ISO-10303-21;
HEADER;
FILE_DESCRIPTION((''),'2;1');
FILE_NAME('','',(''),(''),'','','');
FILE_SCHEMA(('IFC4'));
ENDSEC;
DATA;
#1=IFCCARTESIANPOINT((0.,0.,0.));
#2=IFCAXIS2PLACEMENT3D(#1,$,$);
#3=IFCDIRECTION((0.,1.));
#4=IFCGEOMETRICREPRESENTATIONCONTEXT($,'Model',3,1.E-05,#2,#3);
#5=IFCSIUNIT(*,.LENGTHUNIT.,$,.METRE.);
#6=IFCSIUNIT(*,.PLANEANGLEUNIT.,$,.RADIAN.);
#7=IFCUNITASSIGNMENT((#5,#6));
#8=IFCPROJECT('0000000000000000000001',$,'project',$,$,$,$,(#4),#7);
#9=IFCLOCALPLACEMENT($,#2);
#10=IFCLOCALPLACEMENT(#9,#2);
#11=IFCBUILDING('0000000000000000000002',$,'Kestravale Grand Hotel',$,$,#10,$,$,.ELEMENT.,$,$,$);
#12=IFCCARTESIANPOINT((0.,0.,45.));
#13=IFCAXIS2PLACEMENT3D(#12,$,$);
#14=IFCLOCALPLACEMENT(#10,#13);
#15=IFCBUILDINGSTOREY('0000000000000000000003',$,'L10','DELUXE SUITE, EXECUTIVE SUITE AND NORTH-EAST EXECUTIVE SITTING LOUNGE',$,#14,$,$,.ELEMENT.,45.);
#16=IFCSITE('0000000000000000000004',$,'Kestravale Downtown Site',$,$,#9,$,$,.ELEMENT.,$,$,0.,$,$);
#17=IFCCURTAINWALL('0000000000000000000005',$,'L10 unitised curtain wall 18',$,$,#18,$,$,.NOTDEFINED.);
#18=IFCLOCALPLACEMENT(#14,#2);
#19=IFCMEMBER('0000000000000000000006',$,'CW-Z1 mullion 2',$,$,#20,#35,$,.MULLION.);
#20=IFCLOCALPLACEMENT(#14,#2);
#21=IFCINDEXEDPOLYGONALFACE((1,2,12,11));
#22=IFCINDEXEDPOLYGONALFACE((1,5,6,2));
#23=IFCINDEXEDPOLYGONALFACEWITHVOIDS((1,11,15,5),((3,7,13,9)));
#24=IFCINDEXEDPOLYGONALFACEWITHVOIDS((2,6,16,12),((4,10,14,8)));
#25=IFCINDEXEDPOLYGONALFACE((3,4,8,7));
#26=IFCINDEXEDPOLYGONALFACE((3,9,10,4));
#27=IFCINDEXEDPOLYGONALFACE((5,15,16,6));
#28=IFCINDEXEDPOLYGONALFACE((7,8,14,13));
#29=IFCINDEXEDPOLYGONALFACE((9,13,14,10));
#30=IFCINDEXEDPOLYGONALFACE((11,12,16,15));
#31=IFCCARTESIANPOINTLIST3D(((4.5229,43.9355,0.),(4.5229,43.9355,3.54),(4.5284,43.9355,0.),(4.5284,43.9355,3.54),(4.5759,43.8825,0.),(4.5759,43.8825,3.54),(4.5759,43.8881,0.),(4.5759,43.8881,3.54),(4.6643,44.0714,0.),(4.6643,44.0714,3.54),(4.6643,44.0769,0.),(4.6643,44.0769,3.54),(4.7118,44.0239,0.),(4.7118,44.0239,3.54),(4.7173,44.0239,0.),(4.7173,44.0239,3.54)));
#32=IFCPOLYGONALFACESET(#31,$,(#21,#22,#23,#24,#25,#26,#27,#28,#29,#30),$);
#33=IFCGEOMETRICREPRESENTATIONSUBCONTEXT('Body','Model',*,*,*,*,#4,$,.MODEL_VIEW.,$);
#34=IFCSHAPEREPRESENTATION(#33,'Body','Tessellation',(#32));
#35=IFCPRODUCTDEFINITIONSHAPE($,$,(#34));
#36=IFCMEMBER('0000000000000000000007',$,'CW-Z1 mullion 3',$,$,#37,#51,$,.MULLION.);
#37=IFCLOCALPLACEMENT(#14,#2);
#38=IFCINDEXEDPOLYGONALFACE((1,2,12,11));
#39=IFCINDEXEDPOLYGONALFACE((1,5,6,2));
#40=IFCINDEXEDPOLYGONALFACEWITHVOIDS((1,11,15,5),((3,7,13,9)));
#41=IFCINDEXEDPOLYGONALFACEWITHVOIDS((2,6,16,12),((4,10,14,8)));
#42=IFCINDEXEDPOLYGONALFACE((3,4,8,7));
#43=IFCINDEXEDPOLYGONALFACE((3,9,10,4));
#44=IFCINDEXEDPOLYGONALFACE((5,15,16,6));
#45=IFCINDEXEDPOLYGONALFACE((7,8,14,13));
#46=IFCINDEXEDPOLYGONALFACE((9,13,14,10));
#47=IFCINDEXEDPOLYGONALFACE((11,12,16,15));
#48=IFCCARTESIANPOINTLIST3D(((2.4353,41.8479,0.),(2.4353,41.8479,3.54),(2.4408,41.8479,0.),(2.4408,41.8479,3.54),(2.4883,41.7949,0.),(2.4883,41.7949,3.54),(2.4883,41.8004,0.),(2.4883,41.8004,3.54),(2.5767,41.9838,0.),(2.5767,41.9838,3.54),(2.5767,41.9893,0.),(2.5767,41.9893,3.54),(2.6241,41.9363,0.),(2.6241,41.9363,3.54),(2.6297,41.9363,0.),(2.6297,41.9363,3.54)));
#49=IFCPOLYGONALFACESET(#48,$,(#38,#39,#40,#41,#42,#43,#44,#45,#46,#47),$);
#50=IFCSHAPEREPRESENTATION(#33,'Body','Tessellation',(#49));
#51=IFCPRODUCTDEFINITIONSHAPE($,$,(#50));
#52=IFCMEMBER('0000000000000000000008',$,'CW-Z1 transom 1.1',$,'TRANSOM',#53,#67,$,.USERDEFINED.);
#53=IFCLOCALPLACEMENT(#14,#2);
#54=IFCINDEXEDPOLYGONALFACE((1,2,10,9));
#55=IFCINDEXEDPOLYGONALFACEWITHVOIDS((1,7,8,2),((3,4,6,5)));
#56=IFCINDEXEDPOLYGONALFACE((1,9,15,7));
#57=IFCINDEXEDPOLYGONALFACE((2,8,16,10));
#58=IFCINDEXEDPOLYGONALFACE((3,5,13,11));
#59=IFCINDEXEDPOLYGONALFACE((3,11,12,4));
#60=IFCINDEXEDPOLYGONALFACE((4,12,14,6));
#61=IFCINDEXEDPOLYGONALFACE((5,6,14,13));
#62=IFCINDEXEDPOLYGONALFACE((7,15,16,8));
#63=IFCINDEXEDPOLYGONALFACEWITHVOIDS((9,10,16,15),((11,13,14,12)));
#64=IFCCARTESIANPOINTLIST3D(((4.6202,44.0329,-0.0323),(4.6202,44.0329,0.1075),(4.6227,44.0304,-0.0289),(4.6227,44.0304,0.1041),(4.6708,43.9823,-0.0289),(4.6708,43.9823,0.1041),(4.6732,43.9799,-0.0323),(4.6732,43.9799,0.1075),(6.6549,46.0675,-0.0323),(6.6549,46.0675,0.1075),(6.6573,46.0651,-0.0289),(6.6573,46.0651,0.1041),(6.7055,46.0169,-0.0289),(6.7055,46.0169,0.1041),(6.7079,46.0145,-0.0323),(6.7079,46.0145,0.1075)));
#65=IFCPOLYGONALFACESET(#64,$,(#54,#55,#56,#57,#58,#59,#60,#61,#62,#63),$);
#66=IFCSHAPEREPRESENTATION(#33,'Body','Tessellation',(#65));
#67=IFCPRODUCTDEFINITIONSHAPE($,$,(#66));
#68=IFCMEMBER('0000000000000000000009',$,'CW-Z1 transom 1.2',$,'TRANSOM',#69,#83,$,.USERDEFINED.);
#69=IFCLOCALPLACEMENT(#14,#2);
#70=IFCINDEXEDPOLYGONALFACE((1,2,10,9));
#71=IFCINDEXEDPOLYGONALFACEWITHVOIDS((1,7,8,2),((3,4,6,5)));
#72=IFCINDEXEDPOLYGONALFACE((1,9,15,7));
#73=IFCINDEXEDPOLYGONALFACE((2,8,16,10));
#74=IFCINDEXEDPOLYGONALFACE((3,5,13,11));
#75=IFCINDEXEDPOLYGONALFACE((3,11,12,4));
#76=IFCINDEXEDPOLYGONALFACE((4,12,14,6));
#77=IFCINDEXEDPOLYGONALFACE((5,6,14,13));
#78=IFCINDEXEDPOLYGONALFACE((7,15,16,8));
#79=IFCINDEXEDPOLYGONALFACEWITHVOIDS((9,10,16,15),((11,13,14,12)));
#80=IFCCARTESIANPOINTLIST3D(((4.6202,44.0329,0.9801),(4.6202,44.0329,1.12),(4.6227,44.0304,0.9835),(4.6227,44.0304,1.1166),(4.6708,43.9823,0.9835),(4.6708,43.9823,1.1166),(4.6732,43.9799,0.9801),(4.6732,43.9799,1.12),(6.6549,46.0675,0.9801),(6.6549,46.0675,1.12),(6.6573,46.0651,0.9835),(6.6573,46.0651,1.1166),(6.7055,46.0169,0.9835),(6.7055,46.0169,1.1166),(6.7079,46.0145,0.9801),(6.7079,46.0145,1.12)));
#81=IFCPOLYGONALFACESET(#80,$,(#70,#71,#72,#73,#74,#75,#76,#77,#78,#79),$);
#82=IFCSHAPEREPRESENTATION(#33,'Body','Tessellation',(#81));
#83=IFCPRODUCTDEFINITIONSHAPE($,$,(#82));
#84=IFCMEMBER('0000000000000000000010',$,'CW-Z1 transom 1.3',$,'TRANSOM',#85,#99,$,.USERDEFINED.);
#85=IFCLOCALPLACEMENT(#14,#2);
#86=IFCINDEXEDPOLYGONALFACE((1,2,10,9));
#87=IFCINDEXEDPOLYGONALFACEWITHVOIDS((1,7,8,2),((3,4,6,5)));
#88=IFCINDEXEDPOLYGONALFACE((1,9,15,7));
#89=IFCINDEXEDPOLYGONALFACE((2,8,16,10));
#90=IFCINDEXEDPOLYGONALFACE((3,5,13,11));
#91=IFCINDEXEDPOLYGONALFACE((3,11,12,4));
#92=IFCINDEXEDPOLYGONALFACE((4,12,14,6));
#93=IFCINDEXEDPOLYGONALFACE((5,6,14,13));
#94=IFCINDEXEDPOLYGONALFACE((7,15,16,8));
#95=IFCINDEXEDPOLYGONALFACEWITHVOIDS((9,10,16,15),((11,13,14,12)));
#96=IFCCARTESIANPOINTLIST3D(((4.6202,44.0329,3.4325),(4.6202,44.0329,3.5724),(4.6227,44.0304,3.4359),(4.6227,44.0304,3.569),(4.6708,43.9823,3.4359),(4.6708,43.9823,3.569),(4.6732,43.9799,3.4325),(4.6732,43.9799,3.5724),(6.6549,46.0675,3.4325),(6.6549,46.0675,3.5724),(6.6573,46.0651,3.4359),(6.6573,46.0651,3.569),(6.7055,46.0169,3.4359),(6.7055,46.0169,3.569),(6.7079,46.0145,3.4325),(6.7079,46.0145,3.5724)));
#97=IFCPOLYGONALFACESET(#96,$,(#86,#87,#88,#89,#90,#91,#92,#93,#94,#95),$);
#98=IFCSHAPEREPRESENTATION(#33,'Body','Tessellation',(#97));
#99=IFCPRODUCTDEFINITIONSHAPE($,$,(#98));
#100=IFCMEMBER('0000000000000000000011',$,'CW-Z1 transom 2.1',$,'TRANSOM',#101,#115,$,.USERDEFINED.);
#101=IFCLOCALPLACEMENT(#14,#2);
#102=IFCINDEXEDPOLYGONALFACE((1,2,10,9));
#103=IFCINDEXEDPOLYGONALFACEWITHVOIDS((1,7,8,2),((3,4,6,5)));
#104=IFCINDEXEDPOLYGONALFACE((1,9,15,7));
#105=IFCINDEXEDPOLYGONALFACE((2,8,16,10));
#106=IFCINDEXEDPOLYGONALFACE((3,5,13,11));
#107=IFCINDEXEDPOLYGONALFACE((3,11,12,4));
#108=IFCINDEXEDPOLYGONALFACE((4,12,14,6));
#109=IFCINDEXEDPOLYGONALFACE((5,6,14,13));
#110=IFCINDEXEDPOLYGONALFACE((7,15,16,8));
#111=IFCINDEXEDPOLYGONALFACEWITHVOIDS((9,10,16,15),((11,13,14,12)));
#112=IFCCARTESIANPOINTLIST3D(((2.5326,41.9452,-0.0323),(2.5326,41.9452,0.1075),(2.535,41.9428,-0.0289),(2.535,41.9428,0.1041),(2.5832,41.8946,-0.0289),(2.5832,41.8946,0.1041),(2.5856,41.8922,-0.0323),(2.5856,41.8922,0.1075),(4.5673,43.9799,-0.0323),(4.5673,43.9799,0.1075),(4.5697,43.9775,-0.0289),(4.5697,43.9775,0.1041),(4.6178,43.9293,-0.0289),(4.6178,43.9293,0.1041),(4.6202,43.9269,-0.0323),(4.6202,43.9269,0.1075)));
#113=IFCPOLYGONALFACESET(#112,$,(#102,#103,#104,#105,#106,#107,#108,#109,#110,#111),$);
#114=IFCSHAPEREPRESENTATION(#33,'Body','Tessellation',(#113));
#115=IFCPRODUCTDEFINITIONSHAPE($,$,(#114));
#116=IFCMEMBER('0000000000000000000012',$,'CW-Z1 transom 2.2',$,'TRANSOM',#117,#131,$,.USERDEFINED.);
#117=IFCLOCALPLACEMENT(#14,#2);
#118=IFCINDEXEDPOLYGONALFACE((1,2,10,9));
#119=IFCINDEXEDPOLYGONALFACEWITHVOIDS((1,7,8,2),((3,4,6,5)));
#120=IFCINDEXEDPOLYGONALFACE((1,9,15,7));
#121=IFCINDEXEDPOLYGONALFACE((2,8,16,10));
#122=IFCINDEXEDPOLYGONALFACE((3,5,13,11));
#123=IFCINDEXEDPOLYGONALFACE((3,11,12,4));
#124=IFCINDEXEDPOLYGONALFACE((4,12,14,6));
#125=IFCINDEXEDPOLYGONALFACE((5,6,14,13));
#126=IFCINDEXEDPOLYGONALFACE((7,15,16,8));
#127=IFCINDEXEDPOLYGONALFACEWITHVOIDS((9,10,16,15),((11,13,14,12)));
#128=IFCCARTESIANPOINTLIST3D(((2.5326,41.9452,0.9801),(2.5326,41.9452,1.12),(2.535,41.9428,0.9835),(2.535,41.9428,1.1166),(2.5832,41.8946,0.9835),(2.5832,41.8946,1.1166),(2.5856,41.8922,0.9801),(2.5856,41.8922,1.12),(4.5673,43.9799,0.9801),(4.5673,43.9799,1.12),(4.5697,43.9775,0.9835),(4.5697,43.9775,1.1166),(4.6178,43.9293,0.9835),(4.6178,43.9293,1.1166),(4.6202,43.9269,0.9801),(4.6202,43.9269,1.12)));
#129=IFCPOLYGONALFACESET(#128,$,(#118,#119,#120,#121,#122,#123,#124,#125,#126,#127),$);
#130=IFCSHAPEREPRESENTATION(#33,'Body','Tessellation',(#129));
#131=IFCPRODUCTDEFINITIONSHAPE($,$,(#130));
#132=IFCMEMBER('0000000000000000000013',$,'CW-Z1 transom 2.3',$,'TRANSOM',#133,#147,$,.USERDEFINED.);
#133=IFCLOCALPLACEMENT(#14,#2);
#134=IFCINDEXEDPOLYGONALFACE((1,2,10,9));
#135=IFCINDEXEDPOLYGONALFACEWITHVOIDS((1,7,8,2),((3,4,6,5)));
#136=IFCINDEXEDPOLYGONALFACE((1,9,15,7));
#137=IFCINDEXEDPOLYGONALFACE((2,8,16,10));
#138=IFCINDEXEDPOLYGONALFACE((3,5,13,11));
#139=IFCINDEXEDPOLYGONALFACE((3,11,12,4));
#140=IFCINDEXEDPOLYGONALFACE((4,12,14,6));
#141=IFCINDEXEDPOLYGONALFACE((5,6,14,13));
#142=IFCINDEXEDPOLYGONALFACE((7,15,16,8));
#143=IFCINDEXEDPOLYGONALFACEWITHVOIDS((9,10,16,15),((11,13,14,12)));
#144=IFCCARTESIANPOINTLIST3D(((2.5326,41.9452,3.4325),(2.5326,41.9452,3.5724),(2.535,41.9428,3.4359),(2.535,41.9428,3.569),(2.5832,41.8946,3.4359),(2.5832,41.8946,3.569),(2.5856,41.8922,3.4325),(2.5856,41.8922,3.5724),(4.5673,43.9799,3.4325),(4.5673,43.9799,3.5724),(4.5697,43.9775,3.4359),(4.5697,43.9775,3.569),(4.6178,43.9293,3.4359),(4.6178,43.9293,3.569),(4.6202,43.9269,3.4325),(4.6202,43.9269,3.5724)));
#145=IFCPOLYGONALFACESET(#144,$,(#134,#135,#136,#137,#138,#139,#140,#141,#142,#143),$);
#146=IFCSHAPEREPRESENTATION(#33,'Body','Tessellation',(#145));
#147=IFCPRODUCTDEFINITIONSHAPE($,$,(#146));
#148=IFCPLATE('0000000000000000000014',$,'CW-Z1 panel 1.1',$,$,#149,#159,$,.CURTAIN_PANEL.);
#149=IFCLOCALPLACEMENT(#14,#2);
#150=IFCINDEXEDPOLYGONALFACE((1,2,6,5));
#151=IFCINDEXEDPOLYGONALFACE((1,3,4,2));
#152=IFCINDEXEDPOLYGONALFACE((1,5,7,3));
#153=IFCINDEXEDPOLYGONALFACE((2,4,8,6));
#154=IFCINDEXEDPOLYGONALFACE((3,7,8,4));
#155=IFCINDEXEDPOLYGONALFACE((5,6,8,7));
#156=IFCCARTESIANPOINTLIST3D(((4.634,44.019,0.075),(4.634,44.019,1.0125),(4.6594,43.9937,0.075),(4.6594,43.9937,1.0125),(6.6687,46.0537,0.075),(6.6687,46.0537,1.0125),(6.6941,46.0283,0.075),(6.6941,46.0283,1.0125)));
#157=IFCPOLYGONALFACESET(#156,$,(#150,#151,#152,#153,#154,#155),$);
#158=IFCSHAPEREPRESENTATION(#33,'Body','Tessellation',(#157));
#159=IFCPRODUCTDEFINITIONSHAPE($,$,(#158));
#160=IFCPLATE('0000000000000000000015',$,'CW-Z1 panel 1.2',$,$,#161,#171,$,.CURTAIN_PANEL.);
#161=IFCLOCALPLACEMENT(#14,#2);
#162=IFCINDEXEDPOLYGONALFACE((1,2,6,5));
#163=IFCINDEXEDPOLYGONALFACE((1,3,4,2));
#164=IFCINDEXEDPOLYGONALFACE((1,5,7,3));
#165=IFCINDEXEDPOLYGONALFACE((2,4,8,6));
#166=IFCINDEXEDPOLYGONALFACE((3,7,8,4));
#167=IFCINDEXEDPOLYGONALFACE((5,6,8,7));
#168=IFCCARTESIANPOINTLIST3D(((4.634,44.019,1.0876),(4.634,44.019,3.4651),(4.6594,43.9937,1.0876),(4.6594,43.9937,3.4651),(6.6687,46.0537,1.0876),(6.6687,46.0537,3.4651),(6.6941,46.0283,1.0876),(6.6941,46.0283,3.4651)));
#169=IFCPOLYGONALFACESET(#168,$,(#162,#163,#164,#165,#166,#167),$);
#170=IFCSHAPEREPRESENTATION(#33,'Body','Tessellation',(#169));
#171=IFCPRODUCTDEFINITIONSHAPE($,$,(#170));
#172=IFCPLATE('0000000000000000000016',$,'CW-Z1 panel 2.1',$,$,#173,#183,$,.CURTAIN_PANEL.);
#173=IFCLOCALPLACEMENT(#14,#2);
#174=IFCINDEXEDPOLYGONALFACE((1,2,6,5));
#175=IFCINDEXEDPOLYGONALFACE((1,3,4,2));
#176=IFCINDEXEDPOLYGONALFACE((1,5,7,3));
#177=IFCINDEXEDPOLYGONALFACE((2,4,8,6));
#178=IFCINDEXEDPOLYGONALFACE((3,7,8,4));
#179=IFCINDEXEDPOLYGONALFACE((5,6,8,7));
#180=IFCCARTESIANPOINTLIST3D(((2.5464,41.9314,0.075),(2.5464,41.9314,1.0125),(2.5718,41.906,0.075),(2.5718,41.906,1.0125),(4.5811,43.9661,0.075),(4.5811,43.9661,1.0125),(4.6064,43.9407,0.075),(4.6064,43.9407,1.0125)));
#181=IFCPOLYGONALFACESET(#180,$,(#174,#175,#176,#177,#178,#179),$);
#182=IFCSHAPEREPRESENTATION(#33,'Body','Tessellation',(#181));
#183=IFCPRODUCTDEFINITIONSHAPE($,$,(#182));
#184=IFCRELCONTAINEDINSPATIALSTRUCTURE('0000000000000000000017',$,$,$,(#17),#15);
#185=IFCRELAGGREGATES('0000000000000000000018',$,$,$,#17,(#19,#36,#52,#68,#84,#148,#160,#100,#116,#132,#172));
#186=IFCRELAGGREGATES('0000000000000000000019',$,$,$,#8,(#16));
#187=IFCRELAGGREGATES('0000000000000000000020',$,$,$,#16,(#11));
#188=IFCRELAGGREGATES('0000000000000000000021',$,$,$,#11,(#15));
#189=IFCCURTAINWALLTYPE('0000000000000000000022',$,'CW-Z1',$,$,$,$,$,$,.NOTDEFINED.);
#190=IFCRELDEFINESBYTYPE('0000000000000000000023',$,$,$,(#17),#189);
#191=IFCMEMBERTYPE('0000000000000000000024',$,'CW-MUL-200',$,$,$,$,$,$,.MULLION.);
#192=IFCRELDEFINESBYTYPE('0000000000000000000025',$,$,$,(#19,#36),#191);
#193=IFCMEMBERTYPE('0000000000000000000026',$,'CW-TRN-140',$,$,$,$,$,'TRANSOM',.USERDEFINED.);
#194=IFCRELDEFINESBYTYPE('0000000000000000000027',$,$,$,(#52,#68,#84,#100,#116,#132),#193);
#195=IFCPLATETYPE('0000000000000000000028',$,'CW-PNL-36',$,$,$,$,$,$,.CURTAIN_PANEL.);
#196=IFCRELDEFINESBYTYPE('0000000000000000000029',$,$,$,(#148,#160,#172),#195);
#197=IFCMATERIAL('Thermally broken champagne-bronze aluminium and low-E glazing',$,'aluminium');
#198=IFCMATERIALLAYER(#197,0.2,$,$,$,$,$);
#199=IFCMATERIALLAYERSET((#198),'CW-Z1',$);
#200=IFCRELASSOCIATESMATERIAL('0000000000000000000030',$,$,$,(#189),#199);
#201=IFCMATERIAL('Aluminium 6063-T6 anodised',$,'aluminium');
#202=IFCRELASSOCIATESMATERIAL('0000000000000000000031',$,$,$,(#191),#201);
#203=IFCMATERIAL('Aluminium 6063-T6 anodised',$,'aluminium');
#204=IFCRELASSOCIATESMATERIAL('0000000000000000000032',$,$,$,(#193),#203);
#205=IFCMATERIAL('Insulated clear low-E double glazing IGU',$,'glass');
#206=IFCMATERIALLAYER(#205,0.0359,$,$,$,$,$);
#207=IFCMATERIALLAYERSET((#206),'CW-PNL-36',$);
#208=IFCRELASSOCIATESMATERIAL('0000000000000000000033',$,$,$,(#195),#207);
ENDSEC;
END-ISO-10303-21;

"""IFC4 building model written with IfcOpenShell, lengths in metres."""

from ifc_helpers import new_model, si_unit, direction, frame, origin, origin_2d, place, context, subcontext, project, spatial, rectangle, hollow_rectangle, extrude, material, layer, layer_set, material_profile, profile_set, type_object, element, aggregate, save


model = new_model("IFC4")

# Units and contexts
model_context = context("Model", 3, precision=1e-05, world=origin(), true_north=direction((0.0, 1.0)))
body_context = subcontext(model_context, "Body", "Model", "MODEL_VIEW")
ifc_project = project(units=[si_unit("LENGTHUNIT", "METRE"), si_unit("PLANEANGLEUNIT", "RADIAN")], contexts=[model_context])

# Site, building, storey
site_placement = place(None, origin())
site = spatial("IfcSite", under=ifc_project, at=site_placement, Name="Kestravale Downtown Site", CompositionType="ELEMENT", RefElevation=0.0)
building_placement = place(site_placement, origin())
building = spatial("IfcBuilding", under=site, at=building_placement, Name="Kestravale Grand Hotel", CompositionType="ELEMENT")
storey_placement = place(building_placement, frame((0.0, 0.0, 45.0)))
storey = spatial("IfcBuildingStorey", under=building, at=storey_placement, Name="L10", Description="DELUXE SUITE, EXECUTIVE SUITE AND NORTH-EAST EXECUTIVE SITTING LOUNGE", CompositionType="ELEMENT", Elevation=45.0)

# Curtain wall, members, plates
ifc_material_1 = material(Name="Thermally broken champagne-bronze aluminium and low-E glazing", Category="aluminium")
ifc_layer_1 = layer(ifc_material_1, 0.2)
ifc_layer_set_1 = layer_set([ifc_layer_1], Name="CW-Z1")
curtain_wall_type = type_object("IfcCurtainWallType", Name="CW-Z1", PredefinedType="NOTDEFINED", material=ifc_layer_set_1)
curtain_wall_placement = place(storey_placement, origin())
curtain_wall = element("IfcCurtainWall", 1, at=curtain_wall_placement, inside=storey, type_object=curtain_wall_type, Name="L10 unitised curtain wall 18", PredefinedType="NOTDEFINED")
ifc_material_2 = material(Name="Aluminium 6063-T6 anodised", Category="aluminium")
ifc_material_profile_1 = material_profile(ifc_material_2, hollow_rectangle(XDim=0.075, YDim=0.2, WallThickness=0.0039, at=origin_2d()))
ifc_profile_set_1 = profile_set([ifc_material_profile_1], Name="Aluminium 6063-T6 anodised")
member_type_1 = type_object("IfcMemberType", Name="CW-MUL-200", PredefinedType="MULLION", material=ifc_profile_set_1)
member_1_placement = place(storey_placement, frame((4.6201, 43.9797, 0.0), z_axis=(0.0, 0.0, 1.0), x_axis=(0.707107, -0.707107, 0.0)))
member_1 = element("IfcMember", 2, at=member_1_placement, type_object=member_type_1, Name="CW-Z1 mullion 2", PredefinedType="MULLION", context=body_context, shape_type="SweptSolid", body=[
    extrude(hollow_rectangle(XDim=0.075, YDim=0.2, WallThickness=0.0039, at=origin_2d()), origin(), (0.0, 0.0, 1.0), 3.54),
])
member_2_placement = place(storey_placement, frame((2.5325, 41.8921, 0.0), z_axis=(0.0, 0.0, 1.0), x_axis=(0.707107, -0.707107, 0.0)))
member_2 = element("IfcMember", 3, at=member_2_placement, type_object=member_type_1, Name="CW-Z1 mullion 3", PredefinedType="MULLION", context=body_context, shape_type="SweptSolid", body=[
    extrude(hollow_rectangle(XDim=0.075, YDim=0.2, WallThickness=0.0039, at=origin_2d()), origin(), (0.0, 0.0, 1.0), 3.54),
])
ifc_material_3 = material(Name="Aluminium 6063-T6 anodised", Category="aluminium")
ifc_material_profile_2 = material_profile(ifc_material_3, hollow_rectangle(XDim=0.075, YDim=0.1399, WallThickness=0.0034, at=origin_2d()))
ifc_profile_set_2 = profile_set([ifc_material_profile_2], Name="Aluminium 6063-T6 anodised")
member_type_2 = type_object("IfcMemberType", Name="CW-TRN-140", ElementType="TRANSOM", PredefinedType="USERDEFINED", material=ifc_profile_set_2)
member_3_placement = place(storey_placement, frame((6.6814, 46.041, 0.0376), z_axis=(-0.707107, -0.707107, 0.0), x_axis=(0.707107, -0.707107, 0.0)))
member_3 = element("IfcMember", 4, at=member_3_placement, type_object=member_type_2, Name="CW-Z1 transom 1.1", ObjectType="TRANSOM", PredefinedType="USERDEFINED", context=body_context, shape_type="SweptSolid", body=[
    extrude(hollow_rectangle(XDim=0.075, YDim=0.1399, WallThickness=0.0034, at=origin_2d()), origin(), (0.0, 0.0, 1.0), 2.8774),
])
member_4_placement = place(storey_placement, frame((6.6814, 46.041, 1.05), z_axis=(-0.707107, -0.707107, 0.0), x_axis=(0.707107, -0.707107, 0.0)))
member_4 = element("IfcMember", 5, at=member_4_placement, type_object=member_type_2, Name="CW-Z1 transom 1.2", ObjectType="TRANSOM", PredefinedType="USERDEFINED", context=body_context, shape_type="SweptSolid", body=[
    extrude(hollow_rectangle(XDim=0.075, YDim=0.1399, WallThickness=0.0034, at=origin_2d()), origin(), (0.0, 0.0, 1.0), 2.8774),
])
member_5_placement = place(storey_placement, frame((6.6814, 46.041, 3.5024), z_axis=(-0.707107, -0.707107, 0.0), x_axis=(0.707107, -0.707107, 0.0)))
member_5 = element("IfcMember", 6, at=member_5_placement, type_object=member_type_2, Name="CW-Z1 transom 1.3", ObjectType="TRANSOM", PredefinedType="USERDEFINED", context=body_context, shape_type="SweptSolid", body=[
    extrude(hollow_rectangle(XDim=0.075, YDim=0.1399, WallThickness=0.0034, at=origin_2d()), origin(), (0.0, 0.0, 1.0), 2.8774),
])
member_6_placement = place(storey_placement, frame((4.5938, 43.9534, 0.0376), z_axis=(-0.707107, -0.707107, 0.0), x_axis=(0.707107, -0.707107, 0.0)))
member_6 = element("IfcMember", 7, at=member_6_placement, type_object=member_type_2, Name="CW-Z1 transom 2.1", ObjectType="TRANSOM", PredefinedType="USERDEFINED", context=body_context, shape_type="SweptSolid", body=[
    extrude(hollow_rectangle(XDim=0.075, YDim=0.1399, WallThickness=0.0034, at=origin_2d()), origin(), (0.0, 0.0, 1.0), 2.8774),
])
member_7_placement = place(storey_placement, frame((4.5938, 43.9534, 1.05), z_axis=(-0.707107, -0.707107, 0.0), x_axis=(0.707107, -0.707107, 0.0)))
member_7 = element("IfcMember", 8, at=member_7_placement, type_object=member_type_2, Name="CW-Z1 transom 2.2", ObjectType="TRANSOM", PredefinedType="USERDEFINED", context=body_context, shape_type="SweptSolid", body=[
    extrude(hollow_rectangle(XDim=0.075, YDim=0.1399, WallThickness=0.0034, at=origin_2d()), origin(), (0.0, 0.0, 1.0), 2.8774),
])
member_8_placement = place(storey_placement, frame((4.5938, 43.9534, 3.5024), z_axis=(-0.707107, -0.707107, 0.0), x_axis=(0.707107, -0.707107, 0.0)))
member_8 = element("IfcMember", 9, at=member_8_placement, type_object=member_type_2, Name="CW-Z1 transom 2.3", ObjectType="TRANSOM", PredefinedType="USERDEFINED", context=body_context, shape_type="SweptSolid", body=[
    extrude(hollow_rectangle(XDim=0.075, YDim=0.1399, WallThickness=0.0034, at=origin_2d()), origin(), (0.0, 0.0, 1.0), 2.8774),
])
ifc_material_4 = material(Name="Insulated clear low-E double glazing IGU", Category="glass")
ifc_layer_2 = layer(ifc_material_4, 0.0359)
ifc_layer_set_2 = layer_set([ifc_layer_2], Name="CW-PNL-36")
plate_type = type_object("IfcPlateType", Name="CW-PNL-36", PredefinedType="CURTAIN_PANEL", material=ifc_layer_set_2)
plate_1_placement = place(storey_placement, frame((5.6641, 45.0237, 0.075), z_axis=(0.0, 0.0, 1.0), x_axis=(-0.707107, -0.707107, 0.0)))
plate_1 = element("IfcPlate", 10, at=plate_1_placement, type_object=plate_type, Name="CW-Z1 panel 1.1", PredefinedType="CURTAIN_PANEL", context=body_context, shape_type="SweptSolid", body=[
    extrude(rectangle(XDim=2.8774, YDim=0.0359, at=origin_2d()), origin(), (0.0, 0.0, 1.0), 0.9375),
])
plate_2_placement = place(storey_placement, frame((5.6641, 45.0237, 1.0876), z_axis=(0.0, 0.0, 1.0), x_axis=(-0.707107, -0.707107, 0.0)))
plate_2 = element("IfcPlate", 11, at=plate_2_placement, type_object=plate_type, Name="CW-Z1 panel 1.2", PredefinedType="CURTAIN_PANEL", context=body_context, shape_type="SweptSolid", body=[
    extrude(rectangle(XDim=2.8774, YDim=0.0359, at=origin_2d()), origin(), (0.0, 0.0, 1.0), 2.3774),
])
plate_3_placement = place(storey_placement, frame((3.5764, 42.936, 0.075), z_axis=(0.0, 0.0, 1.0), x_axis=(-0.707107, -0.707107, 0.0)))
plate_3 = element("IfcPlate", 12, at=plate_3_placement, type_object=plate_type, Name="CW-Z1 panel 2.1", PredefinedType="CURTAIN_PANEL", context=body_context, shape_type="SweptSolid", body=[
    extrude(rectangle(XDim=2.8774, YDim=0.0359, at=origin_2d()), origin(), (0.0, 0.0, 1.0), 0.9375),
])
aggregate(curtain_wall, [member_1, member_2, member_3, member_4, member_5, plate_1, plate_2, member_6, member_7, member_8, plate_3])

save(model, "model.ifc")
